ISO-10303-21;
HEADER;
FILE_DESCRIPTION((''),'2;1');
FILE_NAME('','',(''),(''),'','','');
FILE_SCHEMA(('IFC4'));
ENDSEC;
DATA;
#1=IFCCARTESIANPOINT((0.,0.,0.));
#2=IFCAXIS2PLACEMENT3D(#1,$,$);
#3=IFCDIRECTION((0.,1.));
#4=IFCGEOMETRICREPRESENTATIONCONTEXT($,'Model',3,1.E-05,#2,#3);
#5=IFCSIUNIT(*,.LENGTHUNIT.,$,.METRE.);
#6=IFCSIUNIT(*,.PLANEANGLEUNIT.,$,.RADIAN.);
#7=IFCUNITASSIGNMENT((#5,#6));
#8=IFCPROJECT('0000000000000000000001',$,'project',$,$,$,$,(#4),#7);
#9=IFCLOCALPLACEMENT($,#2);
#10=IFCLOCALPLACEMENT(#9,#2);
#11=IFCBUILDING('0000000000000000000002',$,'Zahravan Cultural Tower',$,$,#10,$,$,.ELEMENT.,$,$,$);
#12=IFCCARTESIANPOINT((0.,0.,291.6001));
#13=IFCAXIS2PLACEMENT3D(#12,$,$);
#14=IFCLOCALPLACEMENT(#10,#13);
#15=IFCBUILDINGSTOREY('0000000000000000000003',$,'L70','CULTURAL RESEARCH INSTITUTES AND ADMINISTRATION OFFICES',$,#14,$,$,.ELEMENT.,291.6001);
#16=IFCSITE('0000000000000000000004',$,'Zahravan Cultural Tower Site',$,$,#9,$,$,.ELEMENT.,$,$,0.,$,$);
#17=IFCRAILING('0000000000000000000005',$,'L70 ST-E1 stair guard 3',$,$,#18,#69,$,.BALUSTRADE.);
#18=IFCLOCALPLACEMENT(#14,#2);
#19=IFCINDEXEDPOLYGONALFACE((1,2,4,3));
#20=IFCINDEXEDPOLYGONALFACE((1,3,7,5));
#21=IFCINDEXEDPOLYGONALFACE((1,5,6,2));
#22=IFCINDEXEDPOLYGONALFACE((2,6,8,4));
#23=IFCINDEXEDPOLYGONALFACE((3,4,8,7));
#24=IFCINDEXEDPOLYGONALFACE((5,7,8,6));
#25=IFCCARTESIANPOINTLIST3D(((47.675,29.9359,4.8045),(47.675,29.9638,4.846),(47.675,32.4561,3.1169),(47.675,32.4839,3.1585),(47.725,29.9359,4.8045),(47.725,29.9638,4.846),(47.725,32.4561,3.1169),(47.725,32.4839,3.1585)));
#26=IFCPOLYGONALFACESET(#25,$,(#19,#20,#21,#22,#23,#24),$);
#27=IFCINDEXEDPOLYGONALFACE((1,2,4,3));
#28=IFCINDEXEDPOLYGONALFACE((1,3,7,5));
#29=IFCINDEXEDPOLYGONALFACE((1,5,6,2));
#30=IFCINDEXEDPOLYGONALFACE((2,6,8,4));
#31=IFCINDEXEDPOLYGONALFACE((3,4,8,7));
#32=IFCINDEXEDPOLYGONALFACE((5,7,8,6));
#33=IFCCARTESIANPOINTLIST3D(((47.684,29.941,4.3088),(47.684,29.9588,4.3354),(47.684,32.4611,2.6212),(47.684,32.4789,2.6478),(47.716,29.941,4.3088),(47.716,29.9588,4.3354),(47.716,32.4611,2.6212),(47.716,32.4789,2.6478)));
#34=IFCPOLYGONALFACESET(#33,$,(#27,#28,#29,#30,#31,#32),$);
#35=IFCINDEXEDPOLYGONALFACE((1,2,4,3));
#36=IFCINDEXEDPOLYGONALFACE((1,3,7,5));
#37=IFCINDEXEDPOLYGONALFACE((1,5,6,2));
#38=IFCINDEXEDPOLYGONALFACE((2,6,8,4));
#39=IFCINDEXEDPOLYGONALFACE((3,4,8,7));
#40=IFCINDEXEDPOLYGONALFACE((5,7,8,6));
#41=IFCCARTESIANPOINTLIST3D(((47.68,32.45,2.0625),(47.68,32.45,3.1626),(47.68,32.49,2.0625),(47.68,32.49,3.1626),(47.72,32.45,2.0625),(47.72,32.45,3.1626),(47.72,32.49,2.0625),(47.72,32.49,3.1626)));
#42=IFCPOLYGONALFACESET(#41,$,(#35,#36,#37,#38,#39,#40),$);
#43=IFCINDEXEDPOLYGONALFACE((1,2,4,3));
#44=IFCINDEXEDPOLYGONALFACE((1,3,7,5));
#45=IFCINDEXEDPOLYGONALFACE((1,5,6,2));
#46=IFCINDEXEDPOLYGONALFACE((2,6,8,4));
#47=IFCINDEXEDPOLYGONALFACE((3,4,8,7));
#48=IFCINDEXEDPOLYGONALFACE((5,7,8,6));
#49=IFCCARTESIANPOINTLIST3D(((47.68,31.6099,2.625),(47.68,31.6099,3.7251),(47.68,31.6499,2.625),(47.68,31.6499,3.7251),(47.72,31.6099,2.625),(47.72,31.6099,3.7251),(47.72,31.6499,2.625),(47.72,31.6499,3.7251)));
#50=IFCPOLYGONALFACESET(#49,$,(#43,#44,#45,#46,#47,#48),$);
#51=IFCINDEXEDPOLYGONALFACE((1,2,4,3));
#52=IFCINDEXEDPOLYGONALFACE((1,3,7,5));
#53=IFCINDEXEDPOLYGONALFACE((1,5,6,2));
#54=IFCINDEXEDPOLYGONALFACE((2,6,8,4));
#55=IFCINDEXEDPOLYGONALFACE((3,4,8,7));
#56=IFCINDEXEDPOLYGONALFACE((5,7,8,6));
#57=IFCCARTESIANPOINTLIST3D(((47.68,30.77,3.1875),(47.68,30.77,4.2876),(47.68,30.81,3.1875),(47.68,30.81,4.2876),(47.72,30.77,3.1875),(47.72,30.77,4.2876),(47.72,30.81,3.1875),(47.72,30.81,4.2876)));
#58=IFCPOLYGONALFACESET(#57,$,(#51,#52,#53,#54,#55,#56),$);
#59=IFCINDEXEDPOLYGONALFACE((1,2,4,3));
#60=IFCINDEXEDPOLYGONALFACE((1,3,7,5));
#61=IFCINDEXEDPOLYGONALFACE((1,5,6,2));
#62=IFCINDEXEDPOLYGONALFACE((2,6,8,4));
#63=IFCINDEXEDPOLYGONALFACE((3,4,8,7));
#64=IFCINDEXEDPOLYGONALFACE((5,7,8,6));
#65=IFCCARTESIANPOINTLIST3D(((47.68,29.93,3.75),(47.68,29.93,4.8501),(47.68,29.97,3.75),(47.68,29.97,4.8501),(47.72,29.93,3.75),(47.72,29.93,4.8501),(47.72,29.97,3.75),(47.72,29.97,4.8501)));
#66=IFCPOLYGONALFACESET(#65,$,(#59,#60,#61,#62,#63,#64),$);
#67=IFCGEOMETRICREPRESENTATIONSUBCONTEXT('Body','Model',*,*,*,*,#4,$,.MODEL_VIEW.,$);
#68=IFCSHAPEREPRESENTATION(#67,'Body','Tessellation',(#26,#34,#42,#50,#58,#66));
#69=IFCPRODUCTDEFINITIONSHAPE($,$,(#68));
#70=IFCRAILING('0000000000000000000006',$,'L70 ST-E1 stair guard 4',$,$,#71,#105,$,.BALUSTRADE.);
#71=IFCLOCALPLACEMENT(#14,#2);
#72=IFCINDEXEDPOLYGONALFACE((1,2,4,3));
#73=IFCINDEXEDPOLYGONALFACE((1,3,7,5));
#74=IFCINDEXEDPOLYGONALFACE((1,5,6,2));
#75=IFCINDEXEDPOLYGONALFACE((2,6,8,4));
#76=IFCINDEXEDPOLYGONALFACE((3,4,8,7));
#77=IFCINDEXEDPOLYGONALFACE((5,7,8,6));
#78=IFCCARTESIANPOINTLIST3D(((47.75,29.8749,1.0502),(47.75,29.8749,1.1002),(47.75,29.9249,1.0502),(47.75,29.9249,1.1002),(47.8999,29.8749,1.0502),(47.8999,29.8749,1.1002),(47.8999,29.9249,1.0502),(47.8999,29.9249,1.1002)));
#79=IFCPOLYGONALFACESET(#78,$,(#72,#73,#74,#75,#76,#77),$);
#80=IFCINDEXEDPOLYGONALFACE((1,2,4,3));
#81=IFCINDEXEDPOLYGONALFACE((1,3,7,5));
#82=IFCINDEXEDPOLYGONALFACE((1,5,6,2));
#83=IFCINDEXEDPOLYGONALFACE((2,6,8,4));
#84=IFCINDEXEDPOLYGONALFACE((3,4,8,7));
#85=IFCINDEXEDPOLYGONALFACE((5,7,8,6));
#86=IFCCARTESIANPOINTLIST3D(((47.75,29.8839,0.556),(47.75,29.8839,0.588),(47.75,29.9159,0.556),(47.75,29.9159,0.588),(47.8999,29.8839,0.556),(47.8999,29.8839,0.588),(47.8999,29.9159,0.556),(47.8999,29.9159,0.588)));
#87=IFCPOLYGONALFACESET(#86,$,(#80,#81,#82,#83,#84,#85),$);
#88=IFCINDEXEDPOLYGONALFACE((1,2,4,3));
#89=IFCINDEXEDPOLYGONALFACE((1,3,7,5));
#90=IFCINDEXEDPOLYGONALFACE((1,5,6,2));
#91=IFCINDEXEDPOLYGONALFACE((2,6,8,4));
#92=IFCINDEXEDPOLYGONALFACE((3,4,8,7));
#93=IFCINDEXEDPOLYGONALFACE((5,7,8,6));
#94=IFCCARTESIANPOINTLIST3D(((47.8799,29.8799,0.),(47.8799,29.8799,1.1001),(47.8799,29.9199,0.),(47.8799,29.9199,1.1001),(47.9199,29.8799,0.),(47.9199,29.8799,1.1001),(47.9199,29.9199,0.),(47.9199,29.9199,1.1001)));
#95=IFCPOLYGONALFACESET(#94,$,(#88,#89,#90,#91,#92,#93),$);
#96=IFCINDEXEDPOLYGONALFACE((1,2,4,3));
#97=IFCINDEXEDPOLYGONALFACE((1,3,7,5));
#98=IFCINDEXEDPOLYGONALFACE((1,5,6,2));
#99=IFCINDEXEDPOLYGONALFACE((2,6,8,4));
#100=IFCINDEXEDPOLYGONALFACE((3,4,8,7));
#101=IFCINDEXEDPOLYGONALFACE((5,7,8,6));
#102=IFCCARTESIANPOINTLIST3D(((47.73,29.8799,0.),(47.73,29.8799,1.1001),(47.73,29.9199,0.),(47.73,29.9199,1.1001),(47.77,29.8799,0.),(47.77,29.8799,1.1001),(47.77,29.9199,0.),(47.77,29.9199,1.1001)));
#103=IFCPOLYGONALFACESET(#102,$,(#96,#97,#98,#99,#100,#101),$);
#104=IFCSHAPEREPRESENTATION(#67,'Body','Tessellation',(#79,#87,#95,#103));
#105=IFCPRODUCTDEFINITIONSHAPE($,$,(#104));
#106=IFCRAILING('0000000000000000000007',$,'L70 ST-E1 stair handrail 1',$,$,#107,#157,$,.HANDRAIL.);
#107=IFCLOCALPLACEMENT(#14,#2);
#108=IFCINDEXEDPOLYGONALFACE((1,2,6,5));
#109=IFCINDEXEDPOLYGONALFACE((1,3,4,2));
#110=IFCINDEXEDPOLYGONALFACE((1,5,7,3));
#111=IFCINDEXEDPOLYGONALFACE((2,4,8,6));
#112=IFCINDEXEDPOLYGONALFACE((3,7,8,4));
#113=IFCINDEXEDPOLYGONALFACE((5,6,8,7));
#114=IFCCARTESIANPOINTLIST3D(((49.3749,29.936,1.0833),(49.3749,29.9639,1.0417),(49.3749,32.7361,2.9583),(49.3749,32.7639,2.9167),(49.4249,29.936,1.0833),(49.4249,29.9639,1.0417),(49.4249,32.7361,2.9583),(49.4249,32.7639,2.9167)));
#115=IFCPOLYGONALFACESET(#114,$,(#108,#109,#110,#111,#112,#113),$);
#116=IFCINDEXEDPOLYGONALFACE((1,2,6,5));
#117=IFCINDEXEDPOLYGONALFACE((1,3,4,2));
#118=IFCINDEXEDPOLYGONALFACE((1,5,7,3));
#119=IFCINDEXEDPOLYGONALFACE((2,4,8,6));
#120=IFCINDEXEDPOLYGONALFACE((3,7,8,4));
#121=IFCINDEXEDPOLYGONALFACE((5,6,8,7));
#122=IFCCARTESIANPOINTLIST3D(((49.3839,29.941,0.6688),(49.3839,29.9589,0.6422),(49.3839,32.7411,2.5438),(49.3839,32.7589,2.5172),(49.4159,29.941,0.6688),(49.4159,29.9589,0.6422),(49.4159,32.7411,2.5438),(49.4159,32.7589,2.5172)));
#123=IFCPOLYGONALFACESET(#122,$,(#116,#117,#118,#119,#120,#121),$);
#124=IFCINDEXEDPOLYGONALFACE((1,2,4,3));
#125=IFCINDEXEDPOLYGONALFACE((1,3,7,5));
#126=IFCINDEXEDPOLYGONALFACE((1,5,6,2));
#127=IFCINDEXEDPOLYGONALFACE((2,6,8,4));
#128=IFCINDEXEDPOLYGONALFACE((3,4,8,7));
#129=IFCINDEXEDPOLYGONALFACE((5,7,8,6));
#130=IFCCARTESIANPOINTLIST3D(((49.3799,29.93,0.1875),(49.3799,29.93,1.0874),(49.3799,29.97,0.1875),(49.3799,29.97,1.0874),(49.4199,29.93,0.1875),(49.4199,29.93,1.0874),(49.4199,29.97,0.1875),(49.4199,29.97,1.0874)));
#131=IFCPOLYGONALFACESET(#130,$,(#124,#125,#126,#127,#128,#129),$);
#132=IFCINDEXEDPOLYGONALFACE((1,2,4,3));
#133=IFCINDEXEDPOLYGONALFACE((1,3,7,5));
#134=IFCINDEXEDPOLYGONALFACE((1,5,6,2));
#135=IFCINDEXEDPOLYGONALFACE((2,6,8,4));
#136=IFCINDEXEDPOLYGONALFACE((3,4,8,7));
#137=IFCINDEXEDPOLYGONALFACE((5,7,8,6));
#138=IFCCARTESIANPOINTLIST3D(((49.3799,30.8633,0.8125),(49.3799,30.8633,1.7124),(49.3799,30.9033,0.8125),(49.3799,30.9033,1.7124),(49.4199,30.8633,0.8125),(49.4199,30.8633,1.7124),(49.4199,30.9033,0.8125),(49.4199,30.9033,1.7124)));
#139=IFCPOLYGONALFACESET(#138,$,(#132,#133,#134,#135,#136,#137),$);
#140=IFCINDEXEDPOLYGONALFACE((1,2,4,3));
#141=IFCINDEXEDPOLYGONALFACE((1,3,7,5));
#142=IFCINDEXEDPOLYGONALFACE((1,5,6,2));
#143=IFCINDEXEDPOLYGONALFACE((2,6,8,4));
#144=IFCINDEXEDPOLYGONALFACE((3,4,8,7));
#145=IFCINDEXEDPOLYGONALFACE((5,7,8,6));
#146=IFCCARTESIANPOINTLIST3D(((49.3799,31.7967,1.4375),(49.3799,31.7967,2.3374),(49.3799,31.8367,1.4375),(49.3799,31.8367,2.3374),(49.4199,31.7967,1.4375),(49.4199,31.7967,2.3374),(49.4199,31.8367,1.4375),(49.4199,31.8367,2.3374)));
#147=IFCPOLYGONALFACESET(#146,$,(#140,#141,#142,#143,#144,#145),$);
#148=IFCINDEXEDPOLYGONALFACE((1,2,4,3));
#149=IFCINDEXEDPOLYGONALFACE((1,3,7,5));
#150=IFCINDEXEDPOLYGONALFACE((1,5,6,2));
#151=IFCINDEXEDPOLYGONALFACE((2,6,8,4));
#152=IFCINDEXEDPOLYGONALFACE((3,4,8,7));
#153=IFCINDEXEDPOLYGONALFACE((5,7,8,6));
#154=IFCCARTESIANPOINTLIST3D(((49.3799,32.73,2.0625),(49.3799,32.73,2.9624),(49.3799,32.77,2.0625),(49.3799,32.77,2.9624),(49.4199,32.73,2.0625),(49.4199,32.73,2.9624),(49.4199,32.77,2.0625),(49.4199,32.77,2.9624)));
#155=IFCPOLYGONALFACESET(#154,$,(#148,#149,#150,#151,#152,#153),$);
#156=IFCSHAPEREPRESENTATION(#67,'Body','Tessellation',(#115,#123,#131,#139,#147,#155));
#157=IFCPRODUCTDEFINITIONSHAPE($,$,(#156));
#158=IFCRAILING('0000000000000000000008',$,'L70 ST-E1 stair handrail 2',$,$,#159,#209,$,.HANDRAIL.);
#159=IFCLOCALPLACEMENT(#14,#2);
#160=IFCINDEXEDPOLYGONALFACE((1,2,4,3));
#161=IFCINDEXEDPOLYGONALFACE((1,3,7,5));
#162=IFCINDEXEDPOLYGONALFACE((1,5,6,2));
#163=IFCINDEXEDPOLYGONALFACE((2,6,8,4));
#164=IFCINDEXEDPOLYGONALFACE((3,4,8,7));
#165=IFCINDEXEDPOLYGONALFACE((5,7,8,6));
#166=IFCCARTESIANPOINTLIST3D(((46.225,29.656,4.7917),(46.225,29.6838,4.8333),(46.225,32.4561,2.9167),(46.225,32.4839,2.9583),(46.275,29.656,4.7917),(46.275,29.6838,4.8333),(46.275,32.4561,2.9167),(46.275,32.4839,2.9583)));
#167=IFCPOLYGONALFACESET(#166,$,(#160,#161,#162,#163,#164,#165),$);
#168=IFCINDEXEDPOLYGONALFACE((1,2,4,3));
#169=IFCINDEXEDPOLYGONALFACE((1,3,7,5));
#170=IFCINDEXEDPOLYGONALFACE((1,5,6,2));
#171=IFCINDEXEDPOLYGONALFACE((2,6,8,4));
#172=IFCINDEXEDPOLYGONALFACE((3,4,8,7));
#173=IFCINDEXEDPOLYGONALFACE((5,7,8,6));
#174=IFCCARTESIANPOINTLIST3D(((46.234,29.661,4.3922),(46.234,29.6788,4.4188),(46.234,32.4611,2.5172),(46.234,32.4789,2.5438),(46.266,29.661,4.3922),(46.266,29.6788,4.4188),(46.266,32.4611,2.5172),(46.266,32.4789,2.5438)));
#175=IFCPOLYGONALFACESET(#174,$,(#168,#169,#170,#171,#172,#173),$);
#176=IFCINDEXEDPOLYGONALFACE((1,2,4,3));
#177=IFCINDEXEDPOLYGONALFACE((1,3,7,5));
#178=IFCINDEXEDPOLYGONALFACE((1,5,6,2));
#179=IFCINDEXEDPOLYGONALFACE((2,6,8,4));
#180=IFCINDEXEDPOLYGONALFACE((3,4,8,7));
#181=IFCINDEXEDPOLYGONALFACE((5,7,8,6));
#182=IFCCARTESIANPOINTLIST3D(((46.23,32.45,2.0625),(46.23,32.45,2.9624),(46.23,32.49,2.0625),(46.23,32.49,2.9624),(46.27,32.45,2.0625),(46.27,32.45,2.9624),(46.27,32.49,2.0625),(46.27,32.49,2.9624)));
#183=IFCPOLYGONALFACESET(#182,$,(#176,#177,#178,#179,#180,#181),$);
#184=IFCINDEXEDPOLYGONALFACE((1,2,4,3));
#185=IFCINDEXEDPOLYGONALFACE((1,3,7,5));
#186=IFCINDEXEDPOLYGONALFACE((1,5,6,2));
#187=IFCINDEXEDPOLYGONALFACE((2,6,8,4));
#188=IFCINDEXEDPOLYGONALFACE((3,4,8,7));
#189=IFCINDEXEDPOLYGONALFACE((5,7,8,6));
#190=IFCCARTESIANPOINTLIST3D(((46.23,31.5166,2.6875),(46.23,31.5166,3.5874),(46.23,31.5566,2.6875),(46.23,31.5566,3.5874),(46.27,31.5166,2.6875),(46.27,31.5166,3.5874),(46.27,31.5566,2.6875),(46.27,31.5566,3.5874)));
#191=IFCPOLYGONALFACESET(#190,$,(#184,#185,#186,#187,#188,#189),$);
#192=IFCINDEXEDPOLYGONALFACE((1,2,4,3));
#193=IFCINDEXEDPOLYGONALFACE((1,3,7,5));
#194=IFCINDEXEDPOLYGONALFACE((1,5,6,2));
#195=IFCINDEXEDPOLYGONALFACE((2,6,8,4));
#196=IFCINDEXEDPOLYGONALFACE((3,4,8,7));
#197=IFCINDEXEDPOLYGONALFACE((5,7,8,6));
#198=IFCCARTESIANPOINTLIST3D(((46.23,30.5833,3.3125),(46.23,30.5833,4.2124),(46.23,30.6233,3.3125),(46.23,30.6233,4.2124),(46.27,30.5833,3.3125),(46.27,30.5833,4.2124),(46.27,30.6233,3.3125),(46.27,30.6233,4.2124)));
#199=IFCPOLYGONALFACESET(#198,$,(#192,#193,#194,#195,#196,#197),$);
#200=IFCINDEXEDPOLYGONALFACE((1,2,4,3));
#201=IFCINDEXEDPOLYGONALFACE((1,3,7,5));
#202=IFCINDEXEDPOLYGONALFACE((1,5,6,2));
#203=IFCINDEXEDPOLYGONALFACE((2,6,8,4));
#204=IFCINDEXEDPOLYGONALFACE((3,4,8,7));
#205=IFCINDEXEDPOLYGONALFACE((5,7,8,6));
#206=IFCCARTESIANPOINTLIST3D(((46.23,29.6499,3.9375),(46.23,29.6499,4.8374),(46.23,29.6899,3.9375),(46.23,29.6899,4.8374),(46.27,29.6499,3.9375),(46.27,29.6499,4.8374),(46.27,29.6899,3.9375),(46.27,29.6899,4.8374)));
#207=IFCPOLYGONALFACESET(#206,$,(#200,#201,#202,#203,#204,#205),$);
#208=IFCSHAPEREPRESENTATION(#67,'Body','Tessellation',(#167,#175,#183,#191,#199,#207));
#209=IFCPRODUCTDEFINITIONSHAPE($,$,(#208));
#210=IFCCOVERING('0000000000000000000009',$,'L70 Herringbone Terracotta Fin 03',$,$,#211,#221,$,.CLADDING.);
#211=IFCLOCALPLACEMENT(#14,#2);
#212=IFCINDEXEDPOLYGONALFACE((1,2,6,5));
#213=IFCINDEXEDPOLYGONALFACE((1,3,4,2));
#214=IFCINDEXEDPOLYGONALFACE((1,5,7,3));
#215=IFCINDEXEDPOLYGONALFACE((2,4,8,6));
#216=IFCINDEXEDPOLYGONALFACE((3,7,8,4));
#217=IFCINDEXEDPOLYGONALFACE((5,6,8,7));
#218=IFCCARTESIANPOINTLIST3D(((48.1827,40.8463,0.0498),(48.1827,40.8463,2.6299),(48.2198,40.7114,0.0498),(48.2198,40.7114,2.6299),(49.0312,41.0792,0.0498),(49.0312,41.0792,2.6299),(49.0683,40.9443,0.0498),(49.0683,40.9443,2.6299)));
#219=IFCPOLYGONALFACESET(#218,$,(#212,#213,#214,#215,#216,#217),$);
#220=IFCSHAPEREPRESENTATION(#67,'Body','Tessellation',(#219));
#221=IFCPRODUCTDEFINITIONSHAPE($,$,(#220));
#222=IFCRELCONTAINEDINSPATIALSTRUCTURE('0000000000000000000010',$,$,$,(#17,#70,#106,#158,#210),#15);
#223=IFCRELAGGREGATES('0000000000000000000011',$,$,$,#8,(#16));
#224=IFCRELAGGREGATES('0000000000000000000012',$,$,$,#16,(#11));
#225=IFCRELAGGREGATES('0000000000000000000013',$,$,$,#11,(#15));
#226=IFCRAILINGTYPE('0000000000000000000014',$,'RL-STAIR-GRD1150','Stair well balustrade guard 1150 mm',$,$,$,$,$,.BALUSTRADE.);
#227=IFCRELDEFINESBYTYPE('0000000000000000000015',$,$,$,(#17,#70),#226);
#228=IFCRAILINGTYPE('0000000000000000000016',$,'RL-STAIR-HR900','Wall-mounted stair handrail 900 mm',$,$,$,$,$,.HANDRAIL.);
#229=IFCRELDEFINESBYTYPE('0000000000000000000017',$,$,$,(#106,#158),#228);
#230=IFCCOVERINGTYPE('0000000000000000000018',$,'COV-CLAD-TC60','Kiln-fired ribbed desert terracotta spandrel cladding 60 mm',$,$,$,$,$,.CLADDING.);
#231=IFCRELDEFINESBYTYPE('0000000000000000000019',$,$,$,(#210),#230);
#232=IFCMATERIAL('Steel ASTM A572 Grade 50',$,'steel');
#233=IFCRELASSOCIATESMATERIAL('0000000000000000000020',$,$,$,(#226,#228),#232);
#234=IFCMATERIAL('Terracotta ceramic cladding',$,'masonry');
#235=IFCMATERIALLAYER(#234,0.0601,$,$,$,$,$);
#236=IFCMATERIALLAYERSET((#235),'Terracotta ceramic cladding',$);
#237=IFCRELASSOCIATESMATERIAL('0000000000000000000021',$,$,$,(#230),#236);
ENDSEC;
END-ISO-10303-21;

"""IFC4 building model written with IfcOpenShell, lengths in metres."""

from ifc_helpers import new_model, si_unit, direction, frame, origin, origin_2d, place, context, subcontext, project, spatial, rectangle, extrude, source, transform, mapped, material, layer, layer_set, type_object, element, save


model = new_model("IFC4")

# Units and contexts
model_context = context("Model", 3, precision=1e-05, world=origin(), true_north=direction((0.0, 1.0)))
body_context = subcontext(model_context, "Body", "Model", "MODEL_VIEW")
ifc_project = project(units=[si_unit("LENGTHUNIT", "METRE"), si_unit("PLANEANGLEUNIT", "RADIAN")], contexts=[model_context])

# Site, building, storey
site_placement = place(None, origin())
site = spatial("IfcSite", under=ifc_project, at=site_placement, Name="Zahravan Cultural Tower Site", CompositionType="ELEMENT", RefElevation=0.0)
building_placement = place(site_placement, origin())
building = spatial("IfcBuilding", under=site, at=building_placement, Name="Zahravan Cultural Tower", CompositionType="ELEMENT")
storey_placement = place(building_placement, frame((0.0, 0.0, 291.6001)))
storey = spatial("IfcBuildingStorey", under=building, at=storey_placement, Name="L70", Description="CULTURAL RESEARCH INSTITUTES AND ADMINISTRATION OFFICES", CompositionType="ELEMENT", Elevation=291.6001)

# Railings
ifc_material_1 = material(Name="Steel ASTM A572 Grade 50", Category="steel")
railing_type_1 = type_object("IfcRailingType", Name="RL-STAIR-GRD1150", Description="Stair well balustrade guard 1150 mm", PredefinedType="BALUSTRADE", material=ifc_material_1)
railing_1_placement = place(storey_placement, frame((47.7, 32.47, 2.0625)))
element("IfcRailing", 1, at=railing_1_placement, inside=storey, type_object=railing_type_1, Name="L70 ST-E1 stair guard 3", PredefinedType="BALUSTRADE", context=body_context, shape_type="SweptSolid", body=[
    extrude(rectangle(XDim=0.05, YDim=0.05, at=origin_2d()), frame((0.0, 0.0, 1.0752), z_axis=(0.0, -0.830909, 0.556408), x_axis=(1.0, 0.0, 0.0)), (0.0, 0.0, 1.0), 3.033),
    extrude(rectangle(XDim=0.032, YDim=0.032, at=origin_2d()), frame((0.0, 0.0, 0.572), z_axis=(0.0, -0.830909, 0.556408), x_axis=(1.0, 0.0, 0.0)), (0.0, 0.0, 1.0), 3.033),
    extrude(rectangle(XDim=0.04, YDim=0.04, at=origin_2d()), origin(), (0.0, 0.0, 1.0), 1.1001),
    extrude(rectangle(XDim=0.04, YDim=0.04, at=origin_2d()), frame((0.0, -0.8401, 0.5625)), (0.0, 0.0, 1.0), 1.1001),
    extrude(rectangle(XDim=0.04, YDim=0.04, at=origin_2d()), frame((0.0, -1.6799, 1.125)), (0.0, 0.0, 1.0), 1.1001),
    extrude(rectangle(XDim=0.04, YDim=0.04, at=origin_2d()), frame((0.0, -2.52, 1.6875)), (0.0, 0.0, 1.0), 1.1001),
])
railing_2_placement = place(storey_placement, frame((47.8999, 29.8999, 0.0)))
element("IfcRailing", 2, at=railing_2_placement, inside=storey, type_object=railing_type_1, Name="L70 ST-E1 stair guard 4", PredefinedType="BALUSTRADE", context=body_context, shape_type="SweptSolid", body=[
    extrude(rectangle(XDim=0.05, YDim=0.05, at=origin_2d()), frame((0.0, 0.0, 1.0752), z_axis=(-1.0, 0.0, 0.0), x_axis=(0.0, -1.0, 0.0)), (0.0, 0.0, 1.0), 0.1499),
    extrude(rectangle(XDim=0.032, YDim=0.032, at=origin_2d()), frame((0.0, 0.0, 0.572), z_axis=(-1.0, 0.0, 0.0), x_axis=(0.0, -1.0, 0.0)), (0.0, 0.0, 1.0), 0.1499),
    extrude(rectangle(XDim=0.04, YDim=0.04, at=origin_2d()), origin(), (0.0, 0.0, 1.0), 1.1001),
    extrude(rectangle(XDim=0.04, YDim=0.04, at=origin_2d()), frame((-0.1499, 0.0, 0.0)), (0.0, 0.0, 1.0), 1.1001),
])
railing_type_2 = type_object("IfcRailingType", Name="RL-STAIR-HR900", Description="Wall-mounted stair handrail 900 mm", PredefinedType="HANDRAIL", material=ifc_material_1)
railing_3_placement = place(storey_placement, frame((49.3999, 29.95, 0.1875)))
element("IfcRailing", 3, at=railing_3_placement, inside=storey, type_object=railing_type_2, Name="L70 ST-E1 stair handrail 1", PredefinedType="HANDRAIL", context=body_context, shape_type="SweptSolid", body=[
    extrude(rectangle(XDim=0.05, YDim=0.05, at=origin_2d()), frame((0.0, 0.0, 0.875), z_axis=(0.0, 0.830912, 0.556404), x_axis=(-1.0, 0.0, 0.0)), (0.0, 0.0, 1.0), 3.3699),
    extrude(rectangle(XDim=0.032, YDim=0.032, at=origin_2d()), frame((0.0, 0.0, 0.468), z_axis=(0.0, 0.830912, 0.556404), x_axis=(-1.0, 0.0, 0.0)), (0.0, 0.0, 1.0), 3.3699),
    extrude(rectangle(XDim=0.04, YDim=0.04, at=origin_2d()), origin(), (0.0, 0.0, 1.0), 0.8999),
    extrude(rectangle(XDim=0.04, YDim=0.04, at=origin_2d()), frame((0.0, 0.9333, 0.625)), (0.0, 0.0, 1.0), 0.8999),
    extrude(rectangle(XDim=0.04, YDim=0.04, at=origin_2d()), frame((0.0, 1.8667, 1.25)), (0.0, 0.0, 1.0), 0.8999),
    extrude(rectangle(XDim=0.04, YDim=0.04, at=origin_2d()), frame((0.0, 2.8, 1.875)), (0.0, 0.0, 1.0), 0.8999),
])
railing_4_placement = place(storey_placement, frame((46.25, 32.47, 2.0625)))
element("IfcRailing", 4, at=railing_4_placement, inside=storey, type_object=railing_type_2, Name="L70 ST-E1 stair handrail 2", PredefinedType="HANDRAIL", context=body_context, shape_type="SweptSolid", body=[
    extrude(rectangle(XDim=0.05, YDim=0.05, at=origin_2d()), frame((0.0, 0.0, 0.875), z_axis=(0.0, -0.830912, 0.556404), x_axis=(1.0, 0.0, 0.0)), (0.0, 0.0, 1.0), 3.3699),
    extrude(rectangle(XDim=0.032, YDim=0.032, at=origin_2d()), frame((0.0, 0.0, 0.468), z_axis=(0.0, -0.830912, 0.556404), x_axis=(1.0, 0.0, 0.0)), (0.0, 0.0, 1.0), 3.3699),
    extrude(rectangle(XDim=0.04, YDim=0.04, at=origin_2d()), origin(), (0.0, 0.0, 1.0), 0.8999),
    extrude(rectangle(XDim=0.04, YDim=0.04, at=origin_2d()), frame((0.0, -0.9333, 0.625)), (0.0, 0.0, 1.0), 0.8999),
    extrude(rectangle(XDim=0.04, YDim=0.04, at=origin_2d()), frame((0.0, -1.8667, 1.25)), (0.0, 0.0, 1.0), 0.8999),
    extrude(rectangle(XDim=0.04, YDim=0.04, at=origin_2d()), frame((0.0, -2.8, 1.875)), (0.0, 0.0, 1.0), 0.8999),
])

# Covering
ifc_material_2 = material(Name="Terracotta ceramic cladding", Category="masonry")
ifc_layer_1 = layer(ifc_material_2, 0.0601)
ifc_layer_set_1 = layer_set([ifc_layer_1], Name="Terracotta ceramic cladding")
covering_type = type_object("IfcCoveringType", Name="COV-CLAD-TC60", Description="Kiln-fired ribbed desert terracotta spandrel cladding 60 mm", PredefinedType="CLADDING", material=ifc_layer_set_1)
shared_shape_1 = source(origin(), body_context, "Body", "SweptSolid", [
    extrude(rectangle(XDim=0.8799, YDim=0.1399, at=origin_2d()), origin(), (0.0, 0.0, 1.0), 2.5801),
])
for number, where, z_axis, x_axis, name in (
    (5, (48.6255, 40.8953, 0.0498), (0.0, 0.0, 1.0), (0.964336, 0.264681, 0.0), "L70 Herringbone Terracotta Fin 03"),
):
    element("IfcCovering", number, at=place(storey_placement, frame(where, z_axis=z_axis, x_axis=x_axis)), inside=storey, type_object=covering_type, Name=name, PredefinedType="CLADDING", context=body_context, shape_type="MappedRepresentation", body=[
        mapped(shared_shape_1, transform((0.0, 0.0, 0.0), x_axis=(1.0, 0.0, 0.0), y_axis=(0.0, 1.0, 0.0), z_axis=(0.0, 0.0, 1.0), scale=1.0)),
    ])

save(model, "model.ifc")
